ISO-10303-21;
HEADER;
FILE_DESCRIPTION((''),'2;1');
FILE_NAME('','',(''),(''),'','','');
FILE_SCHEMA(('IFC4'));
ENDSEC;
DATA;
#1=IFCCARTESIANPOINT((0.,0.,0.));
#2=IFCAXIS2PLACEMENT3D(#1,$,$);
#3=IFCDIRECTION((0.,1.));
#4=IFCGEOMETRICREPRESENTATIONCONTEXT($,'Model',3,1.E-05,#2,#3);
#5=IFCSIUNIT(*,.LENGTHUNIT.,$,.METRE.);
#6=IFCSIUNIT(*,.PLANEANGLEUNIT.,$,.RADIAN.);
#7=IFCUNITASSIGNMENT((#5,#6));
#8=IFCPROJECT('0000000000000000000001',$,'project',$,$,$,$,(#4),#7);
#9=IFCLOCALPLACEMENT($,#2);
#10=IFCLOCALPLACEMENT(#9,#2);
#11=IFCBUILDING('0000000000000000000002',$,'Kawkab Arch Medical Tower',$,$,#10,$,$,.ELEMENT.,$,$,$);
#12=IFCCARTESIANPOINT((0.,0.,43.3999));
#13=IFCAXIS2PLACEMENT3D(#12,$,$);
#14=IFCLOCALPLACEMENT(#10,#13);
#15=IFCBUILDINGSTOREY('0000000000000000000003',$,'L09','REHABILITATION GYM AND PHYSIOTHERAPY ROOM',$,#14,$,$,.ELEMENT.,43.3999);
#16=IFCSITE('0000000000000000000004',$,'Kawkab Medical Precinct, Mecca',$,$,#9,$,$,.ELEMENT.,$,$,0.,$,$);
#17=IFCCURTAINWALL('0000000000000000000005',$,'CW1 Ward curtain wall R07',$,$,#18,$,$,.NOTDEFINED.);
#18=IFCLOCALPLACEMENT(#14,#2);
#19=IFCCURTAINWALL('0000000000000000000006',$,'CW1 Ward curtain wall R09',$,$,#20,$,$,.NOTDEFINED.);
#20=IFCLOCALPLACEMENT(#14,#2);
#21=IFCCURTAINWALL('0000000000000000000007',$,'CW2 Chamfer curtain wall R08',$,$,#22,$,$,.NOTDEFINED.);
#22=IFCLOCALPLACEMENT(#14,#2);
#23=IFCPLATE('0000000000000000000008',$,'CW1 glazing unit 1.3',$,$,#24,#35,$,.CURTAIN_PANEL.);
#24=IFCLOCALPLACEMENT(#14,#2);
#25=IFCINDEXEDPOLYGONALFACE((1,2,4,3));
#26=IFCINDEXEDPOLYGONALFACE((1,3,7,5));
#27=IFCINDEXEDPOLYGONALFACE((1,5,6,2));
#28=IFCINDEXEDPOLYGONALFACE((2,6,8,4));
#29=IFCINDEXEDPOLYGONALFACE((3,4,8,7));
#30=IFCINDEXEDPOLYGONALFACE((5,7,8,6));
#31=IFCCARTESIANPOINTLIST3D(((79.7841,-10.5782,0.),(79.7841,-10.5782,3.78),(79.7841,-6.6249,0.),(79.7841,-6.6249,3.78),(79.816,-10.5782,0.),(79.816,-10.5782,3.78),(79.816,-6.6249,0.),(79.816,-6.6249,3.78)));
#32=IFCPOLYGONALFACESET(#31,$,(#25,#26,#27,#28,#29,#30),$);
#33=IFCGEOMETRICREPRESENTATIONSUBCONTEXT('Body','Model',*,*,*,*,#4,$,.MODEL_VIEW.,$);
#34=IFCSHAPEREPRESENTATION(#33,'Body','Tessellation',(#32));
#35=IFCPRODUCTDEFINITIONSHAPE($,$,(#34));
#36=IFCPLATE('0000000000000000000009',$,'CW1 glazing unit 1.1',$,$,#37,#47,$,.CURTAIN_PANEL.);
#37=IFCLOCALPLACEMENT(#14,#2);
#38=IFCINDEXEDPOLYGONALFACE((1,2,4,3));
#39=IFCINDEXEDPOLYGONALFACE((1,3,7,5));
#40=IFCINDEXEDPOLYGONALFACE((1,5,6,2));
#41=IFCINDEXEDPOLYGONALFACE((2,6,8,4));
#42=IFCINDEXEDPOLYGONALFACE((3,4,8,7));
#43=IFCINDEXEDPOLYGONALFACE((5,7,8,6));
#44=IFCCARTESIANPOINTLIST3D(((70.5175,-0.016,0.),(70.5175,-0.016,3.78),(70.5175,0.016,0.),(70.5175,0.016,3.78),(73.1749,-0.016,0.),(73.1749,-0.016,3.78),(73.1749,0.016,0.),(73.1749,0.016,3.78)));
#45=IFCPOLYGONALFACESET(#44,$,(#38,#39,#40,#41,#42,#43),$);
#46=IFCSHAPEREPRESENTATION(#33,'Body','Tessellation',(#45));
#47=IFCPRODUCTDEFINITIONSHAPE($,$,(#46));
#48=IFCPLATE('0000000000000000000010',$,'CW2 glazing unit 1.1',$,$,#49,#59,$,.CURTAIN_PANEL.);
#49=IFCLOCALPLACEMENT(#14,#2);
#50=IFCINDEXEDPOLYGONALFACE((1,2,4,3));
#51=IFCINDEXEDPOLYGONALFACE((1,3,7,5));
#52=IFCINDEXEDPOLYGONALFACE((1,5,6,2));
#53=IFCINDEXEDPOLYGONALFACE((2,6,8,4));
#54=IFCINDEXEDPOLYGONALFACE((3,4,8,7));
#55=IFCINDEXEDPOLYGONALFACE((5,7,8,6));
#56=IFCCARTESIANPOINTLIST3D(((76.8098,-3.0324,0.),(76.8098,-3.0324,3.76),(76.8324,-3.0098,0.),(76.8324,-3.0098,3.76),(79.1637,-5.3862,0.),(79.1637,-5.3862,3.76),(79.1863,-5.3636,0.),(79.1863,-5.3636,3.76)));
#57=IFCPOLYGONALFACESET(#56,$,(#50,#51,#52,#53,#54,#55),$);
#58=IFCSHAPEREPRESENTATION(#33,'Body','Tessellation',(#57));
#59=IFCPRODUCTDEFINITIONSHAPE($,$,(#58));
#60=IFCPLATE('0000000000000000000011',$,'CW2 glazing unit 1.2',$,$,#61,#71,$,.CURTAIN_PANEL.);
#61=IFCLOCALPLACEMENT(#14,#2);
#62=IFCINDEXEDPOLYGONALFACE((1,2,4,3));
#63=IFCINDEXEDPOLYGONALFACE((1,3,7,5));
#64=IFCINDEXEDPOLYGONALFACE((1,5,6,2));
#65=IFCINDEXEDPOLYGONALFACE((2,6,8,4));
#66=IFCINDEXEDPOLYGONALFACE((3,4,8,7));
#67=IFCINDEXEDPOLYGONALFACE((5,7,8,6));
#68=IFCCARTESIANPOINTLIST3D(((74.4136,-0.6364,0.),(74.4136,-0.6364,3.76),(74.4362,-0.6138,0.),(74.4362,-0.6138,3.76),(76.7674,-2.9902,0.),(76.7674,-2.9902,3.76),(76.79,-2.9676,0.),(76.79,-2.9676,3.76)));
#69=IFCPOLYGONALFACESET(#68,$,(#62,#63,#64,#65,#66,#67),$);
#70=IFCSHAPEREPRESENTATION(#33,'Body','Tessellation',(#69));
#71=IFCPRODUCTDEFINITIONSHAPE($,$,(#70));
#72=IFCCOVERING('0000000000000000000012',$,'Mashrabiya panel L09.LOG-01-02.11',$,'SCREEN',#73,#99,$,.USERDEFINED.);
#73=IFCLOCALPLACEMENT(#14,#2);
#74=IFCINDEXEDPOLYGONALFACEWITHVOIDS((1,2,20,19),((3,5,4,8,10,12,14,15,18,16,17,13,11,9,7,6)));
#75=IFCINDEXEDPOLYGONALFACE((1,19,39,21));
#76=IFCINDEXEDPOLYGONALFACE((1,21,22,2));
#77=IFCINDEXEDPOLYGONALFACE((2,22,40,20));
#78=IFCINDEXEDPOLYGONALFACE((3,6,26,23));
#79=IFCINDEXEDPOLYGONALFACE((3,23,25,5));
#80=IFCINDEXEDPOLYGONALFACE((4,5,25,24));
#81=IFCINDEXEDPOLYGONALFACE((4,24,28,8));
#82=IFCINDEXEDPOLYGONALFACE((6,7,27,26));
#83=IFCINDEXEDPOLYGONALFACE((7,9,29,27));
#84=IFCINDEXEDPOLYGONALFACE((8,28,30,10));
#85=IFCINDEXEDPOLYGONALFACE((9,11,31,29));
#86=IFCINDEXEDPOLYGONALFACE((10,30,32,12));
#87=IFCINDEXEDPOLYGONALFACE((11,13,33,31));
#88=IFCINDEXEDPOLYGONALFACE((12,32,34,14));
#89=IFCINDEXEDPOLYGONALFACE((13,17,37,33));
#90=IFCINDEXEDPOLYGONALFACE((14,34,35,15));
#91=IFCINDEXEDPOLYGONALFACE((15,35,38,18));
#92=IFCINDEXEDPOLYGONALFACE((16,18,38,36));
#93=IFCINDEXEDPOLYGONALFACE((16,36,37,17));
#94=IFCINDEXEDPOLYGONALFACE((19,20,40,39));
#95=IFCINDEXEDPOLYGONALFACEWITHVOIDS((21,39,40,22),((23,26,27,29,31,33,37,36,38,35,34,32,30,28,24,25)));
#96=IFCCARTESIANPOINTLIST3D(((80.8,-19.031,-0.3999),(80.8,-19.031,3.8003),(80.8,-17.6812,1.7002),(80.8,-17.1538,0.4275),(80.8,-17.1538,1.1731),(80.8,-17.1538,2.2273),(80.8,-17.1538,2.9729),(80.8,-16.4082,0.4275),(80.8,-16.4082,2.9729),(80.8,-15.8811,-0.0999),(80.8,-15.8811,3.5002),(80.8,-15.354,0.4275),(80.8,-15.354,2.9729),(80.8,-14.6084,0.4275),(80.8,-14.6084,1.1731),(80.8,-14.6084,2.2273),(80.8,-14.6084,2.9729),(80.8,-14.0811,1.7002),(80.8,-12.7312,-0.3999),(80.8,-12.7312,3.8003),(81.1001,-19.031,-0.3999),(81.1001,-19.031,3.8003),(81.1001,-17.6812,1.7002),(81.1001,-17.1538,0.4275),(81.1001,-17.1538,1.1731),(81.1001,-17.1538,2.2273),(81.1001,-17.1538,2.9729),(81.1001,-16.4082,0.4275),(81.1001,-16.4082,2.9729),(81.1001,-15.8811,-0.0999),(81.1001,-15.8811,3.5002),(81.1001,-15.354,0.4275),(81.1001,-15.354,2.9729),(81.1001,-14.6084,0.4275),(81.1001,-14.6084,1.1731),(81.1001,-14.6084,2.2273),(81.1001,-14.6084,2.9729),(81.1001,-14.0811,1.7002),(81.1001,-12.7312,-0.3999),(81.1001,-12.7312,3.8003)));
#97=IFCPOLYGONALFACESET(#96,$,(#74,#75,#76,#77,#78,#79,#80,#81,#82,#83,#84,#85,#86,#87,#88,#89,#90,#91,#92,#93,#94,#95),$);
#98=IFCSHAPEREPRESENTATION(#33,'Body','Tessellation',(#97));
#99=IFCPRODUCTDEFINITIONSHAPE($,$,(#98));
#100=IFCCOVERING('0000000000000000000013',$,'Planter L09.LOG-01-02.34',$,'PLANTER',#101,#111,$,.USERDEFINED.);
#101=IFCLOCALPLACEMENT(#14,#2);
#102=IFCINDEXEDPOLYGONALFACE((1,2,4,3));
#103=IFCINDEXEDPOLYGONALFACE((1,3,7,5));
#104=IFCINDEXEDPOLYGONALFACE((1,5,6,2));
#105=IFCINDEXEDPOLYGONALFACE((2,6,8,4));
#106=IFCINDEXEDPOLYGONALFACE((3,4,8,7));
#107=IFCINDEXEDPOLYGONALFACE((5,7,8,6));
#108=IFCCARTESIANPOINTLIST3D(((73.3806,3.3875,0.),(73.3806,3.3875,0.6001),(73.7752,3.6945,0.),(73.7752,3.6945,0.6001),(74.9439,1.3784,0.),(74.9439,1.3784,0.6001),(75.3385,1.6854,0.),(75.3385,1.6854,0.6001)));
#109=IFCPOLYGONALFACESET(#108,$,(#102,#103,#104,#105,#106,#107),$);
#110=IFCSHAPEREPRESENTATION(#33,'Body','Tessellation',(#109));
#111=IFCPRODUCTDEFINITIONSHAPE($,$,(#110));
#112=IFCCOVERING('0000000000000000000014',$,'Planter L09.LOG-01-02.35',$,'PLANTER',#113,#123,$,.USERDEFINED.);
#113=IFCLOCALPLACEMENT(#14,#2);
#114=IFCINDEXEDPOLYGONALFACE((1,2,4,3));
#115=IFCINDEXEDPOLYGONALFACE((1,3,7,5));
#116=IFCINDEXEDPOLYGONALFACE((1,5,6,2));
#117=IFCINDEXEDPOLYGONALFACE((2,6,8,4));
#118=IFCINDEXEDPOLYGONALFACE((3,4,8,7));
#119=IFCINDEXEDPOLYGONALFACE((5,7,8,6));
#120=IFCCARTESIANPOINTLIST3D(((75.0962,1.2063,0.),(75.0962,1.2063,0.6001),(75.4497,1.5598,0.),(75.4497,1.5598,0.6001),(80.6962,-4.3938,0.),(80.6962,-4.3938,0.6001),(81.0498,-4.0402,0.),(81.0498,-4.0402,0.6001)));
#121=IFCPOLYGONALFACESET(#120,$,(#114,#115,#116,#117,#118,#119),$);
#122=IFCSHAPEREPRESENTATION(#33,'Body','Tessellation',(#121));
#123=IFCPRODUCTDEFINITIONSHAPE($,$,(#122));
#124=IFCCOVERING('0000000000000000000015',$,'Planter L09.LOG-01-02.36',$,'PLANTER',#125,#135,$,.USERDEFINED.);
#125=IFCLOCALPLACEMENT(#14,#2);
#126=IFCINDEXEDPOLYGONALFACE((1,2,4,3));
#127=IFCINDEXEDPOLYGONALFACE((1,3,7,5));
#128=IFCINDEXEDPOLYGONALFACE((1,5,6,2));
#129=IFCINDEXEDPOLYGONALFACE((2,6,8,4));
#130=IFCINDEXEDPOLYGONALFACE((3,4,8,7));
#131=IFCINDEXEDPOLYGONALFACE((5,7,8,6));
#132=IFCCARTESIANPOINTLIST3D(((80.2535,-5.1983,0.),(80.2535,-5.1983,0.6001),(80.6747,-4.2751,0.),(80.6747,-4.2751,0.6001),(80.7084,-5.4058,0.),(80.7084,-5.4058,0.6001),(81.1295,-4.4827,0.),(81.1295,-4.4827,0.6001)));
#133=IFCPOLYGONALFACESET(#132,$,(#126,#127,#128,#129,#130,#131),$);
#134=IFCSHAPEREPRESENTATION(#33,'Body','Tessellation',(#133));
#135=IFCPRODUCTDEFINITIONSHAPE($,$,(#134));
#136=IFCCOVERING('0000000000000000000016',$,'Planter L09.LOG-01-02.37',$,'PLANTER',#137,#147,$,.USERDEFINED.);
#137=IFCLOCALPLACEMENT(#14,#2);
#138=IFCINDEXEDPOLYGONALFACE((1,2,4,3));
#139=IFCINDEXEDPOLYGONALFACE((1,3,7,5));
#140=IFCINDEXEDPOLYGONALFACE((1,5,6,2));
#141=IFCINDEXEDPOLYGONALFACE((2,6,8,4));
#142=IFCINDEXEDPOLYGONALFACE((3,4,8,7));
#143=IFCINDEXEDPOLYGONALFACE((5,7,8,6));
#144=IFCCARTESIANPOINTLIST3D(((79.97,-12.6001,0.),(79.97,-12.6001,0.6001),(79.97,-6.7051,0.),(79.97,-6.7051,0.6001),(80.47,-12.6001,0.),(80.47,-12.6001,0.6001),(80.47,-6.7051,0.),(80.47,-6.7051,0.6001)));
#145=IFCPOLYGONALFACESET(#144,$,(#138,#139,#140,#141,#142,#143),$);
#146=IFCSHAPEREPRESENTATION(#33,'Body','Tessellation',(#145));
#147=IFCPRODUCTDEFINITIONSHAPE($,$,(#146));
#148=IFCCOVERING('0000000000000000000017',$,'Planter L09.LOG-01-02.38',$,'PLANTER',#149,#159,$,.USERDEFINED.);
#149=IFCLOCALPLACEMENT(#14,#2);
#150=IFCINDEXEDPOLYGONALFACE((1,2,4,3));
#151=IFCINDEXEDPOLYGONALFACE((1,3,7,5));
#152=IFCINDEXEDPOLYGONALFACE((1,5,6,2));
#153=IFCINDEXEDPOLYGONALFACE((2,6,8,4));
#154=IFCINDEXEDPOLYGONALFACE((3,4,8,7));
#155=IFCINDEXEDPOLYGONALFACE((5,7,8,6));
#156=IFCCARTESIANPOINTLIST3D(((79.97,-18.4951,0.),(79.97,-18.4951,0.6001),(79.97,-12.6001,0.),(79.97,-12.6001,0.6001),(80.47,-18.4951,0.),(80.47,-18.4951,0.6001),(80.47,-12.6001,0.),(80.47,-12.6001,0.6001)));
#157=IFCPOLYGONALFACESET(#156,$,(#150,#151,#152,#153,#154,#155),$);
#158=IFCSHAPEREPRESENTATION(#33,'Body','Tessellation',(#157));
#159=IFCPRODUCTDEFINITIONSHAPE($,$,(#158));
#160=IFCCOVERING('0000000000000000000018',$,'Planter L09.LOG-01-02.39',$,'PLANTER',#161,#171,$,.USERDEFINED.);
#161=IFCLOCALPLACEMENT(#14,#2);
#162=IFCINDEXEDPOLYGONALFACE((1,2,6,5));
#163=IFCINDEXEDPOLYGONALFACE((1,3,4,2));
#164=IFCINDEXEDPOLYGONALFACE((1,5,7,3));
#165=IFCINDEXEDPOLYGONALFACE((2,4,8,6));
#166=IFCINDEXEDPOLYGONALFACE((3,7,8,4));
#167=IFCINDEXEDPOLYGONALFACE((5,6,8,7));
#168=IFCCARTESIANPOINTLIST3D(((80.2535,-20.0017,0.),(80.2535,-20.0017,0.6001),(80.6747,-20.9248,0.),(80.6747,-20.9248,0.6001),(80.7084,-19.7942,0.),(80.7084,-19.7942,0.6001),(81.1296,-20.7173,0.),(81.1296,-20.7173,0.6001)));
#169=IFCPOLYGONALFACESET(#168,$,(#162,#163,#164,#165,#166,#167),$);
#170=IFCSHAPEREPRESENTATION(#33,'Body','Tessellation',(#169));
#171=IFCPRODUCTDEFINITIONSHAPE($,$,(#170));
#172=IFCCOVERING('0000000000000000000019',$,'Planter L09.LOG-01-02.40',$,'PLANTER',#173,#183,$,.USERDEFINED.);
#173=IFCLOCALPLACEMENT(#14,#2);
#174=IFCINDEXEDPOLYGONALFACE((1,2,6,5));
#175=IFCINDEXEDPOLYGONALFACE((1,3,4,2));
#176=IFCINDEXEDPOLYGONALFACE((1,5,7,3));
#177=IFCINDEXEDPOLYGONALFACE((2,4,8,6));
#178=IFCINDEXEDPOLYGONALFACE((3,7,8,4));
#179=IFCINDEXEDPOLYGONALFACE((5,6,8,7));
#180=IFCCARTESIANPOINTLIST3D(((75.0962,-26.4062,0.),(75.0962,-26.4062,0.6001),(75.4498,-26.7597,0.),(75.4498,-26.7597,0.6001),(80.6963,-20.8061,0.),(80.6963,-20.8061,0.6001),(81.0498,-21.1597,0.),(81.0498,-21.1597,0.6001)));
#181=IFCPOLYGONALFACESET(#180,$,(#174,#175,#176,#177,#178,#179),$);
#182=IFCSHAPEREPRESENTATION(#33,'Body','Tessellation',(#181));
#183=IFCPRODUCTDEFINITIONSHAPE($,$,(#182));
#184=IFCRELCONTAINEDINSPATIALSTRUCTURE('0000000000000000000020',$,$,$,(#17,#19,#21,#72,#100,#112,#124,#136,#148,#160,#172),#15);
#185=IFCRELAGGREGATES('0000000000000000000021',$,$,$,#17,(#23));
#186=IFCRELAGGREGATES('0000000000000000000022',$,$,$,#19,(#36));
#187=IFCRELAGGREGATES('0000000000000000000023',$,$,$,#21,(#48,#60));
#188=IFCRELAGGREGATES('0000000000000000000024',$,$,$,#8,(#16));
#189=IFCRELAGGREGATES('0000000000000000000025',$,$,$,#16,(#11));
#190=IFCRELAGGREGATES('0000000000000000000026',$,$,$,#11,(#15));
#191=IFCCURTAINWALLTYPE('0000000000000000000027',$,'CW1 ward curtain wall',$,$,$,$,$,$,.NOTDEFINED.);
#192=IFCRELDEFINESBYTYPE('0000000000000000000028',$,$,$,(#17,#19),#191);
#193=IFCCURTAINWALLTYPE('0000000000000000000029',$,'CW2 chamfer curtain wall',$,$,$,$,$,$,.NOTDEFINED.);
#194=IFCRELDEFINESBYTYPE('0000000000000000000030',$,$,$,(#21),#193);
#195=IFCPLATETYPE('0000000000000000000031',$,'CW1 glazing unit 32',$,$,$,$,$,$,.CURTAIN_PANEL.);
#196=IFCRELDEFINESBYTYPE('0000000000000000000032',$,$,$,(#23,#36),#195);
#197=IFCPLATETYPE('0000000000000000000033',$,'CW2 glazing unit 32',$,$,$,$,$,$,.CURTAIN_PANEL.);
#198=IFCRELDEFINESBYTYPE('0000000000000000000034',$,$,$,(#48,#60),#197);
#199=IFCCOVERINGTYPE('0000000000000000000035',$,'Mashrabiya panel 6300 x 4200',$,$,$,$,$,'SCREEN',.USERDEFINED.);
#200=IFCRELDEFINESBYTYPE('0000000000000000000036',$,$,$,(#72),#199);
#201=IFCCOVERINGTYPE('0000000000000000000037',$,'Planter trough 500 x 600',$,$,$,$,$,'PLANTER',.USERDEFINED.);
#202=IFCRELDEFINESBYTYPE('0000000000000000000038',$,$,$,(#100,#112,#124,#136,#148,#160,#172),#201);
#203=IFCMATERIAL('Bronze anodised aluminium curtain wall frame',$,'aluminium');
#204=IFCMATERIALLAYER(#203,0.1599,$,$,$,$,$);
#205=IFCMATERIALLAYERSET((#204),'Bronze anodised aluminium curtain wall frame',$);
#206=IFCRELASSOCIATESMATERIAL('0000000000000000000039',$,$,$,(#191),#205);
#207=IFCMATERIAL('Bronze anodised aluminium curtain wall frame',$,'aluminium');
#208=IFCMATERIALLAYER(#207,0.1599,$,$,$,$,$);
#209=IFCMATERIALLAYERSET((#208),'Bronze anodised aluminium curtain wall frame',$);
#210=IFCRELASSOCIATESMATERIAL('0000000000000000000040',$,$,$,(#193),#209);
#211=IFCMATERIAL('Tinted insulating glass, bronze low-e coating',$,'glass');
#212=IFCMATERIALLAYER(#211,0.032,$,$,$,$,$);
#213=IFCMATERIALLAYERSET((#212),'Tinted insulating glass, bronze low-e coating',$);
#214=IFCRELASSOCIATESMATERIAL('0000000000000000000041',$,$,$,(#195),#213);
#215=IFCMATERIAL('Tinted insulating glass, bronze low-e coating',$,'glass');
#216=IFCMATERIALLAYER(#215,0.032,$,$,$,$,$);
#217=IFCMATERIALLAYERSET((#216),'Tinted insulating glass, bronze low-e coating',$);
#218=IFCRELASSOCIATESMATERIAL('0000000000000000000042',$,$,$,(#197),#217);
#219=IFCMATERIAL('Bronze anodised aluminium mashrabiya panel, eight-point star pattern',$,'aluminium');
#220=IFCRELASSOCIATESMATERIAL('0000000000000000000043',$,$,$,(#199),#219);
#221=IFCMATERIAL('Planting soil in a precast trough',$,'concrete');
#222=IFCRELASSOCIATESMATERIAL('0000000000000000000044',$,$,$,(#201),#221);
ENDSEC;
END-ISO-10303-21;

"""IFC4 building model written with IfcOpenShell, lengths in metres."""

from ifc_helpers import new_model, si_unit, direction, frame, origin, origin_2d, place, context, subcontext, project, spatial, polyline, rectangle, outline, extrude, material, layer, layer_set, material_profile, profile_set, type_object, element, aggregate, save


model = new_model("IFC4")

# Units and contexts
model_context = context("Model", 3, precision=1e-05, world=origin(), true_north=direction((0.0, 1.0)))
body_context = subcontext(model_context, "Body", "Model", "MODEL_VIEW")
ifc_project = project(units=[si_unit("LENGTHUNIT", "METRE"), si_unit("PLANEANGLEUNIT", "RADIAN")], contexts=[model_context])

# Site, building, storey
site_placement = place(None, origin())
site = spatial("IfcSite", under=ifc_project, at=site_placement, Name="Kawkab Medical Precinct, Mecca", CompositionType="ELEMENT", RefElevation=0.0)
building_placement = place(site_placement, origin())
building = spatial("IfcBuilding", under=site, at=building_placement, Name="Kawkab Arch Medical Tower", CompositionType="ELEMENT")
storey_placement = place(building_placement, frame((0.0, 0.0, 43.3999)))
storey = spatial("IfcBuildingStorey", under=building, at=storey_placement, Name="L09", Description="REHABILITATION GYM AND PHYSIOTHERAPY ROOM", CompositionType="ELEMENT", Elevation=43.3999)

# Curtain wall
ifc_material_1 = material(Name="Bronze anodised aluminium curtain wall frame", Category="aluminium")
ifc_layer_1 = layer(ifc_material_1, 0.1599)
ifc_layer_set_1 = layer_set([ifc_layer_1], Name="Bronze anodised aluminium curtain wall frame")
curtain_wall_type_1 = type_object("IfcCurtainWallType", Name="CW1 ward curtain wall", PredefinedType="NOTDEFINED", material=ifc_layer_set_1)
placement = place(storey_placement, origin())
curtain_wall_1 = element("IfcCurtainWall", 1, at=placement, inside=storey, type_object=curtain_wall_type_1, Name="CW1 Ward curtain wall R07", PredefinedType="NOTDEFINED")

# Curtain wall
curtain_wall_2 = element("IfcCurtainWall", 2, at=placement, inside=storey, type_object=curtain_wall_type_1, Name="CW1 Ward curtain wall R09", PredefinedType="NOTDEFINED")

# Curtain wall
ifc_material_2 = material(Name="Bronze anodised aluminium curtain wall frame", Category="aluminium")
ifc_layer_2 = layer(ifc_material_2, 0.1599)
ifc_layer_set_2 = layer_set([ifc_layer_2], Name="Bronze anodised aluminium curtain wall frame")
curtain_wall_type_2 = type_object("IfcCurtainWallType", Name="CW2 chamfer curtain wall", PredefinedType="NOTDEFINED", material=ifc_layer_set_2)
curtain_wall_3 = element("IfcCurtainWall", 3, at=placement, inside=storey, type_object=curtain_wall_type_2, Name="CW2 Chamfer curtain wall R08", PredefinedType="NOTDEFINED")

# Plates
ifc_material_3 = material(Name="Tinted insulating glass, bronze low-e coating", Category="glass")
ifc_layer_3 = layer(ifc_material_3, 0.032)
ifc_layer_set_3 = layer_set([ifc_layer_3], Name="Tinted insulating glass, bronze low-e coating")
plate_type_1 = type_object("IfcPlateType", Name="CW1 glazing unit 32", PredefinedType="CURTAIN_PANEL", material=ifc_layer_set_3)
plate_1_placement = place(storey_placement, frame((79.8, -8.6016, 0.0), z_axis=(0.0, 0.0, 1.0), x_axis=(0.0, 1.0, 0.0)))
plate_1 = element("IfcPlate", 4, at=plate_1_placement, type_object=plate_type_1, Name="CW1 glazing unit 1.3", PredefinedType="CURTAIN_PANEL", context=body_context, shape_type="SweptSolid", body=[
    extrude(rectangle(XDim=3.9534, YDim=0.032, at=origin_2d()), origin(), (0.0, 0.0, 1.0), 3.78),
])
aggregate(curtain_wall_1, [plate_1])
plate_2_placement = place(storey_placement, frame((71.8462, 0.0, 0.0), z_axis=(0.0, 0.0, 1.0), x_axis=(-1.0, 0.0, 0.0)))
plate_2 = element("IfcPlate", 5, at=plate_2_placement, type_object=plate_type_1, Name="CW1 glazing unit 1.1", PredefinedType="CURTAIN_PANEL", context=body_context, shape_type="SweptSolid", body=[
    extrude(rectangle(XDim=2.6575, YDim=0.032, at=origin_2d()), origin(), (0.0, 0.0, 1.0), 3.78),
])
aggregate(curtain_wall_2, [plate_2])
ifc_material_4 = material(Name="Tinted insulating glass, bronze low-e coating", Category="glass")
ifc_layer_4 = layer(ifc_material_4, 0.032)
ifc_layer_set_4 = layer_set([ifc_layer_4], Name="Tinted insulating glass, bronze low-e coating")
plate_type_2 = type_object("IfcPlateType", Name="CW2 glazing unit 32", PredefinedType="CURTAIN_PANEL", material=ifc_layer_set_4)
plate_3_placement = place(storey_placement, frame((77.998, -4.198, 0.0), z_axis=(0.0, 0.0, 1.0), x_axis=(-0.707107, 0.707107, 0.0)))
plate_3 = element("IfcPlate", 6, at=plate_3_placement, type_object=plate_type_2, Name="CW2 glazing unit 1.1", PredefinedType="CURTAIN_PANEL", context=body_context, shape_type="SweptSolid", body=[
    extrude(rectangle(XDim=3.3289, YDim=0.032, at=origin_2d()), origin(), (0.0, 0.0, 1.0), 3.76),
])
plate_4_placement = place(storey_placement, frame((75.6018, -1.802, 0.0), z_axis=(0.0, 0.0, 1.0), x_axis=(-0.707107, 0.707107, 0.0)))
plate_4 = element("IfcPlate", 7, at=plate_4_placement, type_object=plate_type_2, Name="CW2 glazing unit 1.2", PredefinedType="CURTAIN_PANEL", context=body_context, shape_type="SweptSolid", body=[
    extrude(rectangle(XDim=3.3289, YDim=0.032, at=origin_2d()), origin(), (0.0, 0.0, 1.0), 3.76),
])
aggregate(curtain_wall_3, [plate_3, plate_4])

# Coverings
ifc_material_5 = material(Name="Bronze anodised aluminium mashrabiya panel, eight-point star pattern", Category="aluminium")
ifc_material_profile_1 = material_profile(ifc_material_5, outline(polyline([(-3.1499, -2.1001), (3.1499, -2.1001), (3.1499, 2.1001), (-3.1499, 2.1001), (-3.1499, -2.1001)]), holes=[polyline([(1.8, 0.0), (1.2727, 0.5271), (1.2727, 1.2727), (0.5271, 1.2727), (0.0, 1.8), (-0.5271, 1.2727), (-1.2727, 1.2727), (-1.2727, 0.5271), (-1.8, 0.0), (-1.2727, -0.5271), (-1.2727, -1.2727), (-0.5271, -1.2727), (0.0, -1.8), (0.5271, -1.2727), (1.2727, -1.2727), (1.2727, -0.5271), (1.8, 0.0)])]), Name="Mashrabiya panel 6300x4200")
ifc_profile_set_1 = profile_set([ifc_material_profile_1], Name="Bronze anodised aluminium mashrabiya panel, eight-point star pattern")
covering_type_1 = type_object("IfcCoveringType", Name="Mashrabiya panel 6300 x 4200", ElementType="SCREEN", PredefinedType="USERDEFINED", material=ifc_profile_set_1)
covering_1_placement = place(storey_placement, frame((80.8, -15.8811, 1.7002), z_axis=(1.0, 0.0, 0.0), x_axis=(0.0, 1.0, 0.0)))
element("IfcCovering", 8, at=covering_1_placement, inside=storey, type_object=covering_type_1, Name="Mashrabiya panel L09.LOG-01-02.11", ObjectType="SCREEN", PredefinedType="USERDEFINED", context=body_context, shape_type="SweptSolid", body=[
    extrude(outline(polyline([(-3.1499, -2.1001), (3.1499, -2.1001), (3.1499, 2.1001), (-3.1499, 2.1001), (-3.1499, -2.1001)]), holes=[polyline([(1.8, 0.0), (1.2727, 0.5271), (1.2727, 1.2727), (0.5271, 1.2727), (0.0, 1.8), (-0.5271, 1.2727), (-1.2727, 1.2727), (-1.2727, 0.5271), (-1.8, 0.0), (-1.2727, -0.5271), (-1.2727, -1.2727), (-0.5271, -1.2727), (0.0, -1.8), (0.5271, -1.2727), (1.2727, -1.2727), (1.2727, -0.5271), (1.8, 0.0)])]), origin(), (0.0, 0.0, 1.0), 0.3),
])
ifc_material_6 = material(Name="Planting soil in a precast trough", Category="concrete")
ifc_material_profile_2 = material_profile(ifc_material_6, rectangle(XDim=0.5, YDim=0.6001, at=origin_2d()), Name="Trough 500x600")
ifc_profile_set_2 = profile_set([ifc_material_profile_2], Name="Planting soil in a precast trough")
covering_type_2 = type_object("IfcCoveringType", Name="Planter trough 500 x 600", ElementType="PLANTER", PredefinedType="USERDEFINED", material=ifc_profile_set_2)
covering_2_placement = place(storey_placement, frame((73.5779, 3.541, 0.3), z_axis=(0.6141, -0.789228, 0.0), x_axis=(0.789228, 0.6141, 0.0)))
element("IfcCovering", 9, at=covering_2_placement, inside=storey, type_object=covering_type_2, Name="Planter L09.LOG-01-02.34", ObjectType="PLANTER", PredefinedType="USERDEFINED", context=body_context, shape_type="SweptSolid", body=[
    extrude(rectangle(XDim=0.5, YDim=0.6001, at=origin_2d()), origin(), (0.0, 0.0, 1.0), 2.5457),
])
covering_3_placement = place(storey_placement, frame((75.2729, 1.3831, 0.3), z_axis=(0.707107, -0.707107, 0.0), x_axis=(0.707107, 0.707107, 0.0)))
element("IfcCovering", 10, at=covering_3_placement, inside=storey, type_object=covering_type_2, Name="Planter L09.LOG-01-02.35", ObjectType="PLANTER", PredefinedType="USERDEFINED", context=body_context, shape_type="SweptSolid", body=[
    extrude(rectangle(XDim=0.5, YDim=0.6001, at=origin_2d()), origin(), (0.0, 0.0, 1.0), 7.9197),
])
covering_4_placement = place(storey_placement, frame((80.9021, -4.3789, 0.3), z_axis=(-0.415072, -0.909789, 0.0), x_axis=(0.909789, -0.415072, 0.0)))
element("IfcCovering", 11, at=covering_4_placement, inside=storey, type_object=covering_type_2, Name="Planter L09.LOG-01-02.36", ObjectType="PLANTER", PredefinedType="USERDEFINED", context=body_context, shape_type="SweptSolid", body=[
    extrude(rectangle(XDim=0.5, YDim=0.6001, at=origin_2d()), origin(), (0.0, 0.0, 1.0), 1.0146),
])
for number, where, z_axis, x_axis, name in (
    (12, (80.22, -6.7051, 0.3), (0.0, -1.0, 0.0), (1.0, 0.0, 0.0), "Planter L09.LOG-01-02.37"),
    (13, (80.22, -12.6001, 0.3), (0.0, -1.0, 0.0), (1.0, 0.0, 0.0), "Planter L09.LOG-01-02.38"),
):
    element("IfcCovering", number, at=place(storey_placement, frame(where, z_axis=z_axis, x_axis=x_axis)), inside=storey, type_object=covering_type_2, Name=name, ObjectType="PLANTER", PredefinedType="USERDEFINED", context=body_context, shape_type="SweptSolid", body=[
        extrude(rectangle(XDim=0.5, YDim=0.6001, at=origin_2d()), origin(), (0.0, 0.0, 1.0), 5.895),
    ])
covering_5_placement = place(storey_placement, frame((80.481, -19.8979, 0.3), z_axis=(0.415072, -0.909789, 0.0), x_axis=(0.909789, 0.415072, 0.0)))
element("IfcCovering", 14, at=covering_5_placement, inside=storey, type_object=covering_type_2, Name="Planter L09.LOG-01-02.39", ObjectType="PLANTER", PredefinedType="USERDEFINED", context=body_context, shape_type="SweptSolid", body=[
    extrude(rectangle(XDim=0.5, YDim=0.6001, at=origin_2d()), origin(), (0.0, 0.0, 1.0), 1.0146),
])
covering_6_placement = place(storey_placement, frame((80.873, -20.9829, 0.3), z_axis=(-0.707107, -0.707107, 0.0), x_axis=(0.707107, -0.707107, 0.0)))
element("IfcCovering", 15, at=covering_6_placement, inside=storey, type_object=covering_type_2, Name="Planter L09.LOG-01-02.40", ObjectType="PLANTER", PredefinedType="USERDEFINED", context=body_context, shape_type="SweptSolid", body=[
    extrude(rectangle(XDim=0.5, YDim=0.6001, at=origin_2d()), origin(), (0.0, 0.0, 1.0), 7.9197),
])

save(model, "model.ifc")
